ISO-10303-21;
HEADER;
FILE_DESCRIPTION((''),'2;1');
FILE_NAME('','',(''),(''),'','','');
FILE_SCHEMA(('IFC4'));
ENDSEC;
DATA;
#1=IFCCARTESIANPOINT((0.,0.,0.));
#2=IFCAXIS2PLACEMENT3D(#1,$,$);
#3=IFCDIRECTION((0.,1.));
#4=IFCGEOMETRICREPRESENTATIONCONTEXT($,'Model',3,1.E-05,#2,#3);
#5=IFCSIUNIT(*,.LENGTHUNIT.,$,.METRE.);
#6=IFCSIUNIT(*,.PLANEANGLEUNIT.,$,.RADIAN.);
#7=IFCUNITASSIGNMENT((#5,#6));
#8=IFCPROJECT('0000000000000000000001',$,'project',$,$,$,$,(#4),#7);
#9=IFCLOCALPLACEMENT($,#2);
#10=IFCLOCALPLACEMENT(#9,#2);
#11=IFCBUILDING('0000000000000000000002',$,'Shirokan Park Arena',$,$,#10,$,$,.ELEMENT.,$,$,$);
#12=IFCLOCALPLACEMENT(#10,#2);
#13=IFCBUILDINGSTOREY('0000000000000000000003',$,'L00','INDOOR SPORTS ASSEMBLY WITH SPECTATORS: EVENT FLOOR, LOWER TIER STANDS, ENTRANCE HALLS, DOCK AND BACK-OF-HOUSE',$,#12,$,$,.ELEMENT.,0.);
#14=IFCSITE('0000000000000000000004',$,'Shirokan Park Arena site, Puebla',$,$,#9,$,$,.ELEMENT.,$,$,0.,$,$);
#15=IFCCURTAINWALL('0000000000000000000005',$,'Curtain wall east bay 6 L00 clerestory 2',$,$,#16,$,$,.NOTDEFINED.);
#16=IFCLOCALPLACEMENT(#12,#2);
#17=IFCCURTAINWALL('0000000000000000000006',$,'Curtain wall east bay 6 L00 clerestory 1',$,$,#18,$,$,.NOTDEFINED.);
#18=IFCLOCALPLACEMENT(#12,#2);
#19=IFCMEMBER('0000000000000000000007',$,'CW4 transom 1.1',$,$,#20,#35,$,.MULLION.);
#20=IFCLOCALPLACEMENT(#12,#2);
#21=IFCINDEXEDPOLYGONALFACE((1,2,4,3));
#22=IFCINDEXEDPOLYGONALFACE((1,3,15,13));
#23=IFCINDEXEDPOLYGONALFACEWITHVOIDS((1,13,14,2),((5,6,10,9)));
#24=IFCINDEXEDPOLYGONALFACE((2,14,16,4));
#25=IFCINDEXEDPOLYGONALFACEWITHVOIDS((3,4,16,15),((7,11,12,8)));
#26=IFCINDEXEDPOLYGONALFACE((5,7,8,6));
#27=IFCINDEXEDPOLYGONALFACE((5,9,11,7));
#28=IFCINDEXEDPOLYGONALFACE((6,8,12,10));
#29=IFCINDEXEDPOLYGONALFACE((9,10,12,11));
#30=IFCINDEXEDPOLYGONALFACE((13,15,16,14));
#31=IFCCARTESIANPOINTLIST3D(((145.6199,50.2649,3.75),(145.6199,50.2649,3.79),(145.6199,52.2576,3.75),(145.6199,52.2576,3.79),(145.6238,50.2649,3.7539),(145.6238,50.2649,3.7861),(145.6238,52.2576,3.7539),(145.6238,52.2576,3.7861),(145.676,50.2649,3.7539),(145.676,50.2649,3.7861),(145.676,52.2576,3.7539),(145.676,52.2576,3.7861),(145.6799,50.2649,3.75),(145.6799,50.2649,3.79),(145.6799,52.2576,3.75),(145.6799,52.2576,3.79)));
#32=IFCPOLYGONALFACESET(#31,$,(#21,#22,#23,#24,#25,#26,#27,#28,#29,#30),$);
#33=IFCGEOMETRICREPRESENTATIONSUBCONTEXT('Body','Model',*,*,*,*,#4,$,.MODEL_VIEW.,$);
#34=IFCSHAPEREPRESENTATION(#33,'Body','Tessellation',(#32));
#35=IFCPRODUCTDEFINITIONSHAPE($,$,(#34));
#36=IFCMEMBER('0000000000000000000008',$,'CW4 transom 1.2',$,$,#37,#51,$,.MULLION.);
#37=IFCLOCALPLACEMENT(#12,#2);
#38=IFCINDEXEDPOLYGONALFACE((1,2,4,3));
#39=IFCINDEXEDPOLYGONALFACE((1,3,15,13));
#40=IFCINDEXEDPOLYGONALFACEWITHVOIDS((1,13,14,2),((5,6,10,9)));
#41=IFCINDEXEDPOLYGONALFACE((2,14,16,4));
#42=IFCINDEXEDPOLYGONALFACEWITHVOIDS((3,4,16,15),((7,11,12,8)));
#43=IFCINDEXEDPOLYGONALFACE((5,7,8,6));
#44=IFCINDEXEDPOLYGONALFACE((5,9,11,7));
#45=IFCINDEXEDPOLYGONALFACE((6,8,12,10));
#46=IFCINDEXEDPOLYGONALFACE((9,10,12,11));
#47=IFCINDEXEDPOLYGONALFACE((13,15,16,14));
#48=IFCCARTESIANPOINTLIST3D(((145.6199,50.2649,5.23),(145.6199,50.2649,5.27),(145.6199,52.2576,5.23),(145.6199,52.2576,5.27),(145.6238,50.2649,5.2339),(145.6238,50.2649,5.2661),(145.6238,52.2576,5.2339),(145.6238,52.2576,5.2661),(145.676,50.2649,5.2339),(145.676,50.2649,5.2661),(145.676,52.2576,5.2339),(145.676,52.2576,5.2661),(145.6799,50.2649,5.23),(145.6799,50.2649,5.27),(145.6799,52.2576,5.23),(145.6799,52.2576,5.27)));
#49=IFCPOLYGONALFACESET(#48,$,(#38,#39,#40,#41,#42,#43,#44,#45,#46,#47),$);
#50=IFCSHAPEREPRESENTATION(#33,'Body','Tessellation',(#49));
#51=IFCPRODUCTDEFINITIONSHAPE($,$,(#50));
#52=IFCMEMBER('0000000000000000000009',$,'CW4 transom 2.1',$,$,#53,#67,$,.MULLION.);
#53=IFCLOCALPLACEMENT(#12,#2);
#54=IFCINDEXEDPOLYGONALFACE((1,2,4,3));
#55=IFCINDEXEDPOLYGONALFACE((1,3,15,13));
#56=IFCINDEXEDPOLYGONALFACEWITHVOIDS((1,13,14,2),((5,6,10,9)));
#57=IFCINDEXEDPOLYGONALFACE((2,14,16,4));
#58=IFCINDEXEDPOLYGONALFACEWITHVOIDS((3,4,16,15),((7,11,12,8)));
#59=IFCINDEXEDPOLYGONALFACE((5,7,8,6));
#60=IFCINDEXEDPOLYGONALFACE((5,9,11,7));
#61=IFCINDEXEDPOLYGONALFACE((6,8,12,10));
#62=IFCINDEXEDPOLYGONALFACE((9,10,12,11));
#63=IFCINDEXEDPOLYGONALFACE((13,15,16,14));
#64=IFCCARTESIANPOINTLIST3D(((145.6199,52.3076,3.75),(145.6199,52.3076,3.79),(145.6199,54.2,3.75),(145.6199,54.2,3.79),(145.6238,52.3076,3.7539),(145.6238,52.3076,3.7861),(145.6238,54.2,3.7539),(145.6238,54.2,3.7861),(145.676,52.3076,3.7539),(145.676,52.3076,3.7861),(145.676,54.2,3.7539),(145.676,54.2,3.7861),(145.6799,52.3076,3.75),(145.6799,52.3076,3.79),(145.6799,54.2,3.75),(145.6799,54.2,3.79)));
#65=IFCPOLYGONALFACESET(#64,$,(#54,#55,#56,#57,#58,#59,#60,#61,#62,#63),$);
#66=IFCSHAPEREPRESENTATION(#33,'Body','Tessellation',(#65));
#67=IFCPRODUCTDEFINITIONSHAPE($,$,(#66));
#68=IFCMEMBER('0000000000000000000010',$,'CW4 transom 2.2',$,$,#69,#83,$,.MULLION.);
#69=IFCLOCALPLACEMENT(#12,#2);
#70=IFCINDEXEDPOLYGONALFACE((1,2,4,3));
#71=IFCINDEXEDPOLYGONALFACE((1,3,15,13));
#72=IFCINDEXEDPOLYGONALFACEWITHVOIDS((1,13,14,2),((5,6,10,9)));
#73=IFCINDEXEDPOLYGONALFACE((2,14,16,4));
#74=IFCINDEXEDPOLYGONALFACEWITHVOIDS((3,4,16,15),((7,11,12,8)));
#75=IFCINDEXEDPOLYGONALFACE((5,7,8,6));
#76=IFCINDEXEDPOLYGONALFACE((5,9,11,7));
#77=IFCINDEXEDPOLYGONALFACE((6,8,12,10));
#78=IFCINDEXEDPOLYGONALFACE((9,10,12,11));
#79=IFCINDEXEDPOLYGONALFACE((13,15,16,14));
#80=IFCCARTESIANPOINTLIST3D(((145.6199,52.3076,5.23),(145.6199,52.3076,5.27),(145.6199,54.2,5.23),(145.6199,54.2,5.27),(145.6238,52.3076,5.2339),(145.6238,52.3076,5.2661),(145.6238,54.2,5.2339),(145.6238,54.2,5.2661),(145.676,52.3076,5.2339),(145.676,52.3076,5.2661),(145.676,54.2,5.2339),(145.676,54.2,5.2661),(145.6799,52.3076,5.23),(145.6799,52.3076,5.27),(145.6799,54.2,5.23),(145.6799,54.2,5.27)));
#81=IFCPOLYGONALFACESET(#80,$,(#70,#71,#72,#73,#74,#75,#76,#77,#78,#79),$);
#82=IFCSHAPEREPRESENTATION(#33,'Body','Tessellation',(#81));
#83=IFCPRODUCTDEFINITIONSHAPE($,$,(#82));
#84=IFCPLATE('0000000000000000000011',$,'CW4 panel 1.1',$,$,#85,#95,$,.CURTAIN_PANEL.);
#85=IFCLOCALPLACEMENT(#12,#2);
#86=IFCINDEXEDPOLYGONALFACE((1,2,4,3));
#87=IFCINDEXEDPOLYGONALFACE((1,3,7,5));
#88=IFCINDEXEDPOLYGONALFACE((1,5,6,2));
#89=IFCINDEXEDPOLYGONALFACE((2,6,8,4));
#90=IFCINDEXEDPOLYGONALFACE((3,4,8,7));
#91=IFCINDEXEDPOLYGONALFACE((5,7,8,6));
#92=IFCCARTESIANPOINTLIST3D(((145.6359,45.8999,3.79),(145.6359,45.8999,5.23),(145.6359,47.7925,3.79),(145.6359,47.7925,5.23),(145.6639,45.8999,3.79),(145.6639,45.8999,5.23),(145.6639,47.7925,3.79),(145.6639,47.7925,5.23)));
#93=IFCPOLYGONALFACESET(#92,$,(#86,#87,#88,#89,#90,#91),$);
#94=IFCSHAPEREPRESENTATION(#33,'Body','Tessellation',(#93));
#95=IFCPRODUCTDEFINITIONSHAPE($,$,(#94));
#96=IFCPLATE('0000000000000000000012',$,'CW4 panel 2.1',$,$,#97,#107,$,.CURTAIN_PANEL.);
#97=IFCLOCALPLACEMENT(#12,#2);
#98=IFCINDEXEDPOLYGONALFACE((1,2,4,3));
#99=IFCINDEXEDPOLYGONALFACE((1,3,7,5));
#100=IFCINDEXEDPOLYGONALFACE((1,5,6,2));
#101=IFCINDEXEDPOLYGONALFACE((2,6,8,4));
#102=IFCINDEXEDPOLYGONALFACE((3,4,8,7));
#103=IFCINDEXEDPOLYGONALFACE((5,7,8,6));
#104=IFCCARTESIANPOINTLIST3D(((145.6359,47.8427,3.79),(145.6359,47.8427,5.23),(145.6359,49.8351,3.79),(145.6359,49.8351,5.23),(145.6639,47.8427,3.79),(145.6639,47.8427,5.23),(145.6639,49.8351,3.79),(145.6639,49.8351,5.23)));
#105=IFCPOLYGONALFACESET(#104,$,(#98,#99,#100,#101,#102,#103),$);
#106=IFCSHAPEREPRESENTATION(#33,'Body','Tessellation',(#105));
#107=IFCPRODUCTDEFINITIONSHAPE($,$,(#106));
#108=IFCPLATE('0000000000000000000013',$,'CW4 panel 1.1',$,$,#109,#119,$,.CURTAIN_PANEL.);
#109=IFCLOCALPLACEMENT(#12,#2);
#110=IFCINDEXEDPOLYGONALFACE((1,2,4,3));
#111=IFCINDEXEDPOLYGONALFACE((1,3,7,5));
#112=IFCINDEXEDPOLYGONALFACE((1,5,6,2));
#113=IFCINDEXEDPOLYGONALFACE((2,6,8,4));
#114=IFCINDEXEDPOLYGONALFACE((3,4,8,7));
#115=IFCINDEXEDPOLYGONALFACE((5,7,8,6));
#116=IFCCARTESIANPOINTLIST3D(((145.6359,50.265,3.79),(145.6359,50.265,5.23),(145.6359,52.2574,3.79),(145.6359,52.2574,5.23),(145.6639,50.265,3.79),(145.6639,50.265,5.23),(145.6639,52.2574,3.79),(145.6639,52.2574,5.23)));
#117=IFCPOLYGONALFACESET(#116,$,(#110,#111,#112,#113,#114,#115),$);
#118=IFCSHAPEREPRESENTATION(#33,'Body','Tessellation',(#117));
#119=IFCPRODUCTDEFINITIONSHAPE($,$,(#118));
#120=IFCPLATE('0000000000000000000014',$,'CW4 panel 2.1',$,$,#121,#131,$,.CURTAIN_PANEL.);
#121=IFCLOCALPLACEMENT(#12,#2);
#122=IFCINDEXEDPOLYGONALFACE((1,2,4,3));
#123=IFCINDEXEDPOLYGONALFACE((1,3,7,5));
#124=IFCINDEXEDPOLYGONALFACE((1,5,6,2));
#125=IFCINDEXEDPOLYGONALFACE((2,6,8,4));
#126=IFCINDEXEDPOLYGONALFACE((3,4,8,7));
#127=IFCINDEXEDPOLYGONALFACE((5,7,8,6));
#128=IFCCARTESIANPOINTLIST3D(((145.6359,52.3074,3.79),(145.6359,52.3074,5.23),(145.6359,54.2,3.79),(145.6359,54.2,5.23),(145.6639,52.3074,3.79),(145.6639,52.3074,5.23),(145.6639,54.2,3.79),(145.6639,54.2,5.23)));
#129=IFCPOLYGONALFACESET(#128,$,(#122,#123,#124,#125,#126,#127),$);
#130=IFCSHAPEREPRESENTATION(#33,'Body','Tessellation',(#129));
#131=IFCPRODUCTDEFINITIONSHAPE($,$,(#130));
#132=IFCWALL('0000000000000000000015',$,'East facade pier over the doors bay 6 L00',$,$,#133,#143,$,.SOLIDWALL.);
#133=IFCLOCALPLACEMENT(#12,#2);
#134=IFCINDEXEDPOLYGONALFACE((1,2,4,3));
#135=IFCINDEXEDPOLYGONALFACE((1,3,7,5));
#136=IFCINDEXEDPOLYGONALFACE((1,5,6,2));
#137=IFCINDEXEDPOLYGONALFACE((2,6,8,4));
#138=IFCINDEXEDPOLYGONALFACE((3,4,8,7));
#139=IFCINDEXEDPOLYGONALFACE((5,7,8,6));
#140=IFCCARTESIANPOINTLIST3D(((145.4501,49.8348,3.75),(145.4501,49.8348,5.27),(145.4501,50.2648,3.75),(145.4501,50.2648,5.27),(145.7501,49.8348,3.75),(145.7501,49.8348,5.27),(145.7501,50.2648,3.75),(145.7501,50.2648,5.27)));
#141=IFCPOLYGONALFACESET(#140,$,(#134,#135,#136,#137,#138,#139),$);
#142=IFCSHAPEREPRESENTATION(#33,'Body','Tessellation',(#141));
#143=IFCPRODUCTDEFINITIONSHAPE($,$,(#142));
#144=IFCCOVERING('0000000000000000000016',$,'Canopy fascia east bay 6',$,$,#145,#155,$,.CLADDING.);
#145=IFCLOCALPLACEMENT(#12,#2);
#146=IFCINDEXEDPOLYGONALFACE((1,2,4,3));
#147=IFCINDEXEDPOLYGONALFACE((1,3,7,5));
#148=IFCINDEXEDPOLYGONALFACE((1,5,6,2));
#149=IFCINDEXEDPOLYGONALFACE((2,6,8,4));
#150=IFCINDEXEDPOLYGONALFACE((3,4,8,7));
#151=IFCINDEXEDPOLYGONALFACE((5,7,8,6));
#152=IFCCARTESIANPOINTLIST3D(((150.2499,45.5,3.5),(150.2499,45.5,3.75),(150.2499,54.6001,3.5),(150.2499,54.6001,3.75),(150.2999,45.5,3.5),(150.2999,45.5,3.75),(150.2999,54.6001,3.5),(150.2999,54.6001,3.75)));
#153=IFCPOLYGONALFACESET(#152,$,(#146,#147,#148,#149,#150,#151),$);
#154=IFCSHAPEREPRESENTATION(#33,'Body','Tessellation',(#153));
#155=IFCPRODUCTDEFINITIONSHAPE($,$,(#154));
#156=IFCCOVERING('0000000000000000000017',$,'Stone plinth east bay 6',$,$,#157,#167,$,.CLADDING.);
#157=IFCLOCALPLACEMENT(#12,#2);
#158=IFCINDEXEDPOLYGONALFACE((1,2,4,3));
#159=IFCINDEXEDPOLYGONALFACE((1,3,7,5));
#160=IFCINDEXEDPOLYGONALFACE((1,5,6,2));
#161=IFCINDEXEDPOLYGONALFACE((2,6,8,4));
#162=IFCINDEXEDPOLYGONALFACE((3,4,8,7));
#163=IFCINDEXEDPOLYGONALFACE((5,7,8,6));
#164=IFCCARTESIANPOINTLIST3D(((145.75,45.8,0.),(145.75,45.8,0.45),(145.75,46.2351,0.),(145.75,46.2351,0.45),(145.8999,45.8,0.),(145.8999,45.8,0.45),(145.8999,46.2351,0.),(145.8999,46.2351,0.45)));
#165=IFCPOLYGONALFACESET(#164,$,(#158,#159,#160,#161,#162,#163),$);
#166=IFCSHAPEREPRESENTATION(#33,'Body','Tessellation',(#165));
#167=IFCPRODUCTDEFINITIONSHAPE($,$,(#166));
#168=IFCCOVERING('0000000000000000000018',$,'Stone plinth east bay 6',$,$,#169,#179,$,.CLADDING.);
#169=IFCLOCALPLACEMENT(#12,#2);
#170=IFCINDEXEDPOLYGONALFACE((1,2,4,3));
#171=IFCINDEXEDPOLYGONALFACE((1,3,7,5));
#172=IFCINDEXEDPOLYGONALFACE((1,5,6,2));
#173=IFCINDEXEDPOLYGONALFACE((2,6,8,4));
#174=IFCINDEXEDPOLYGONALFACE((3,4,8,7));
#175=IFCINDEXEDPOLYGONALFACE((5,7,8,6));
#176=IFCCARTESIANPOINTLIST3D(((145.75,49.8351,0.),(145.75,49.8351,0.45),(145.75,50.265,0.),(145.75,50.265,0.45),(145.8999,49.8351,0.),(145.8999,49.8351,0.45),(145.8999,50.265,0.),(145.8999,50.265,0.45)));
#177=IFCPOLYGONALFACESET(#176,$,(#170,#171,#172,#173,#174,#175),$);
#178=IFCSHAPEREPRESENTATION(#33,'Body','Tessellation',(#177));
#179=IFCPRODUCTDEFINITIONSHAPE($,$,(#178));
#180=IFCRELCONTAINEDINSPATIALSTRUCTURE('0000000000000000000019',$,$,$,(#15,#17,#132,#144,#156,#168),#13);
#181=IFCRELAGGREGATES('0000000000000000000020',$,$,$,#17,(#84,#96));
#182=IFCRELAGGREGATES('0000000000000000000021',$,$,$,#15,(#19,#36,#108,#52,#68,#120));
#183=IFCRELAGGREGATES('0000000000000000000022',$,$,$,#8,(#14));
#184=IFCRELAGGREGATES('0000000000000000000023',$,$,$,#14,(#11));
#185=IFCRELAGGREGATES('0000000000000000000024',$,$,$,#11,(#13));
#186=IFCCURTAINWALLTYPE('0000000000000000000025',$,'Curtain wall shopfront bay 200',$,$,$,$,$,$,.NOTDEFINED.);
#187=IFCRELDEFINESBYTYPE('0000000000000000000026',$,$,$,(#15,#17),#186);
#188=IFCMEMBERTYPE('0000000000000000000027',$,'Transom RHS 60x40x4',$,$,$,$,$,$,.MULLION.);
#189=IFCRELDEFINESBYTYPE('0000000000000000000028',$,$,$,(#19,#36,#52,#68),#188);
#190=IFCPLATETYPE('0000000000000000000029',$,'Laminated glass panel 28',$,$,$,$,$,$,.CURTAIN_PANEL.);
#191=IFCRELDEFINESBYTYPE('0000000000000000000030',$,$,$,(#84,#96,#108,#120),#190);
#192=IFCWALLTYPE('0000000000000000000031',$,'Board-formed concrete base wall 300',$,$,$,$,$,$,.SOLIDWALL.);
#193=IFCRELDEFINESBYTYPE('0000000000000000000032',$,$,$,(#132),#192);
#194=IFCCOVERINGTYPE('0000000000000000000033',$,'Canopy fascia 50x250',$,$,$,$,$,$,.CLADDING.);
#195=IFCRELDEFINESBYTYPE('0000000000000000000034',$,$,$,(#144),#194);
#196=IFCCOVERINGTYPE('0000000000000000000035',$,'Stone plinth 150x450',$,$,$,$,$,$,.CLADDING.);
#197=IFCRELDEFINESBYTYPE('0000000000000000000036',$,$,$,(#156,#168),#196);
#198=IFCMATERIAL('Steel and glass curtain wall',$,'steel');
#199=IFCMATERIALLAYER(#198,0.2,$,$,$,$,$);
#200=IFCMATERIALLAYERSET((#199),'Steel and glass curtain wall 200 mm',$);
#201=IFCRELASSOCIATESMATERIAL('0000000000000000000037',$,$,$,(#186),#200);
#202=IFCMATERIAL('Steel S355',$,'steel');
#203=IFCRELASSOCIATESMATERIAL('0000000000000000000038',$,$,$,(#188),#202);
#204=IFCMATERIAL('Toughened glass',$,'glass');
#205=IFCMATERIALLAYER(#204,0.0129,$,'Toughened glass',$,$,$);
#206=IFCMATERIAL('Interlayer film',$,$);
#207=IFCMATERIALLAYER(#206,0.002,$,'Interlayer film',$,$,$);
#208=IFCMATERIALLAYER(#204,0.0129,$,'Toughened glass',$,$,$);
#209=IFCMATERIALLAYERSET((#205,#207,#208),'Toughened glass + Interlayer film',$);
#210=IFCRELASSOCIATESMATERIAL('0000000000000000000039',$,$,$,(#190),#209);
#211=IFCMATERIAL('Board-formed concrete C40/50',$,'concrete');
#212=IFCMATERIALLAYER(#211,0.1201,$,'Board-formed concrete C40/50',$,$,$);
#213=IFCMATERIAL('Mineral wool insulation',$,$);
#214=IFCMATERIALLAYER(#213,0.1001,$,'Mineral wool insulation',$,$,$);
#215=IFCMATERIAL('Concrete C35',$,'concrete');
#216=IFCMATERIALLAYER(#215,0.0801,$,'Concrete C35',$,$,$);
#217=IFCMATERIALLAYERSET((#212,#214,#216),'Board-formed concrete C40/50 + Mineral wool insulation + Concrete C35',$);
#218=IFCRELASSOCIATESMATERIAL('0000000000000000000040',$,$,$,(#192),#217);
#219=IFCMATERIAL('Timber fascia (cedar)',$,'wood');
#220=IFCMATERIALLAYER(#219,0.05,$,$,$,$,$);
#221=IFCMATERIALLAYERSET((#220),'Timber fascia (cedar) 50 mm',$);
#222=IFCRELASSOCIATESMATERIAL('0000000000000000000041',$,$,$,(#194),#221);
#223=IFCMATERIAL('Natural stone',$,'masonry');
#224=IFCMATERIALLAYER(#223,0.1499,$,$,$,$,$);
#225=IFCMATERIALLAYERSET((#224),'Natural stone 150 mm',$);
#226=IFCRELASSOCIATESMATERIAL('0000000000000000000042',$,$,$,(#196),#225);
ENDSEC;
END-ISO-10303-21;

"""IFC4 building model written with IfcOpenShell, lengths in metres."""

from ifc_helpers import new_model, si_unit, direction, frame, frame_2d, origin, origin_2d, place, context, subcontext, project, spatial, rectangle, hollow_rectangle, extrude, material, layer, layer_set, material_profile, profile_set, type_object, element, aggregate, save


model = new_model("IFC4")

# Units and contexts
model_context = context("Model", 3, precision=1e-05, world=origin(), true_north=direction((0.0, 1.0)))
body_context = subcontext(model_context, "Body", "Model", "MODEL_VIEW")
ifc_project = project(units=[si_unit("LENGTHUNIT", "METRE"), si_unit("PLANEANGLEUNIT", "RADIAN")], contexts=[model_context])

# Site, building, storey
site_placement = place(None, origin())
site = spatial("IfcSite", under=ifc_project, at=site_placement, Name="Shirokan Park Arena site, Puebla", CompositionType="ELEMENT", RefElevation=0.0)
building_placement = place(site_placement, origin())
building = spatial("IfcBuilding", under=site, at=building_placement, Name="Shirokan Park Arena", CompositionType="ELEMENT")
storey_placement = place(building_placement, origin())
storey = spatial("IfcBuildingStorey", under=building, at=storey_placement, Name="L00", Description="INDOOR SPORTS ASSEMBLY WITH SPECTATORS: EVENT FLOOR, LOWER TIER STANDS, ENTRANCE HALLS, DOCK AND BACK-OF-HOUSE", CompositionType="ELEMENT", Elevation=0.0)

# Curtain walls
ifc_material_1 = material(Name="Steel and glass curtain wall", Category="steel")
ifc_layer_1 = layer(ifc_material_1, 0.2)
ifc_layer_set_1 = layer_set([ifc_layer_1], Name="Steel and glass curtain wall 200 mm")
curtain_wall_type = type_object("IfcCurtainWallType", Name="Curtain wall shopfront bay 200", PredefinedType="NOTDEFINED", material=ifc_layer_set_1)
curtain_wall_1_placement = place(storey_placement, origin())
curtain_wall_1 = element("IfcCurtainWall", 1, at=curtain_wall_1_placement, inside=storey, type_object=curtain_wall_type, Name="Curtain wall east bay 6 L00 clerestory 2", PredefinedType="NOTDEFINED")
ifc_material_2 = material(Name="Steel S355", Category="steel")
curtain_wall_2_placement = place(storey_placement, origin())
curtain_wall_2 = element("IfcCurtainWall", 2, at=curtain_wall_2_placement, inside=storey, type_object=curtain_wall_type, Name="Curtain wall east bay 6 L00 clerestory 1", PredefinedType="NOTDEFINED")

# Members
ifc_material_profile_1 = material_profile(ifc_material_2, hollow_rectangle(XDim=0.0601, YDim=0.04, WallThickness=0.0039, at=origin_2d()), Name="RHS 60x40x4")
ifc_profile_set_1 = profile_set([ifc_material_profile_1], Name="Steel S355")
member_type_1 = type_object("IfcMemberType", Name="Transom RHS 60x40x4", PredefinedType="MULLION", material=ifc_profile_set_1)
member_1_placement = place(storey_placement, frame((145.6499, 50.2649, 3.77), z_axis=(0.0, 1.0, 0.0), x_axis=(-1.0, 0.0, 0.0)))
member_1 = element("IfcMember", 3, at=member_1_placement, type_object=member_type_1, Name="CW4 transom 1.1", PredefinedType="MULLION", context=body_context, shape_type="SweptSolid", body=[
    extrude(hollow_rectangle(XDim=0.0601, YDim=0.04, WallThickness=0.0039, at=origin_2d()), origin(), (0.0, 0.0, 1.0), 1.9927),
])
member_2_placement = place(storey_placement, frame((145.6499, 50.2649, 5.25), z_axis=(0.0, 1.0, 0.0), x_axis=(-1.0, 0.0, 0.0)))
member_2 = element("IfcMember", 4, at=member_2_placement, type_object=member_type_1, Name="CW4 transom 1.2", PredefinedType="MULLION", context=body_context, shape_type="SweptSolid", body=[
    extrude(hollow_rectangle(XDim=0.0601, YDim=0.04, WallThickness=0.0039, at=origin_2d()), origin(), (0.0, 0.0, 1.0), 1.9927),
])
member_3_placement = place(storey_placement, frame((145.6499, 52.3076, 3.77), z_axis=(0.0, 1.0, 0.0), x_axis=(-1.0, 0.0, 0.0)))
member_3 = element("IfcMember", 5, at=member_3_placement, type_object=member_type_1, Name="CW4 transom 2.1", PredefinedType="MULLION", context=body_context, shape_type="SweptSolid", body=[
    extrude(hollow_rectangle(XDim=0.0601, YDim=0.04, WallThickness=0.0039, at=origin_2d()), origin(), (0.0, 0.0, 1.0), 1.8923),
])
member_4_placement = place(storey_placement, frame((145.6499, 52.3076, 5.25), z_axis=(0.0, 1.0, 0.0), x_axis=(-1.0, 0.0, 0.0)))
member_4 = element("IfcMember", 6, at=member_4_placement, type_object=member_type_1, Name="CW4 transom 2.2", PredefinedType="MULLION", context=body_context, shape_type="SweptSolid", body=[
    extrude(hollow_rectangle(XDim=0.0601, YDim=0.04, WallThickness=0.0039, at=origin_2d()), origin(), (0.0, 0.0, 1.0), 1.8923),
])

# Plates
ifc_material_3 = material(Name="Toughened glass", Category="glass")
ifc_layer_2 = layer(ifc_material_3, 0.0129, Name="Toughened glass")
ifc_material_4 = material(Name="Interlayer film")
ifc_layer_3 = layer(ifc_material_4, 0.002, Name="Interlayer film")
ifc_layer_4 = layer(ifc_material_3, 0.0129, Name="Toughened glass")
ifc_layer_set_2 = layer_set([ifc_layer_2, ifc_layer_3, ifc_layer_4], Name="Toughened glass + Interlayer film")
plate_type = type_object("IfcPlateType", Name="Laminated glass panel 28", PredefinedType="CURTAIN_PANEL", material=ifc_layer_set_2)
plate_1_placement = place(storey_placement, frame((145.6499, 46.8462, 3.79), z_axis=(0.0, 0.0, 1.0), x_axis=(0.0, 1.0, 0.0)))
plate_1 = element("IfcPlate", 7, at=plate_1_placement, type_object=plate_type, Name="CW4 panel 1.1", PredefinedType="CURTAIN_PANEL", context=body_context, shape_type="SweptSolid", body=[
    extrude(rectangle(XDim=1.8926, YDim=0.0281, at=origin_2d()), origin(), (0.0, 0.0, 1.0), 1.4399),
])
plate_2_placement = place(storey_placement, frame((145.6499, 48.8389, 3.79), z_axis=(0.0, 0.0, 1.0), x_axis=(0.0, 1.0, 0.0)))
plate_2 = element("IfcPlate", 8, at=plate_2_placement, type_object=plate_type, Name="CW4 panel 2.1", PredefinedType="CURTAIN_PANEL", context=body_context, shape_type="SweptSolid", body=[
    extrude(rectangle(XDim=1.9924, YDim=0.0281, at=origin_2d()), origin(), (0.0, 0.0, 1.0), 1.4399),
])
aggregate(curtain_wall_2, [plate_1, plate_2])
plate_3_placement = place(storey_placement, frame((145.6499, 51.2612, 3.79), z_axis=(0.0, 0.0, 1.0), x_axis=(0.0, 1.0, 0.0)))
plate_3 = element("IfcPlate", 9, at=plate_3_placement, type_object=plate_type, Name="CW4 panel 1.1", PredefinedType="CURTAIN_PANEL", context=body_context, shape_type="SweptSolid", body=[
    extrude(rectangle(XDim=1.9924, YDim=0.0281, at=origin_2d()), origin(), (0.0, 0.0, 1.0), 1.4399),
])
plate_4_placement = place(storey_placement, frame((145.6499, 53.2537, 3.79), z_axis=(0.0, 0.0, 1.0), x_axis=(0.0, 1.0, 0.0)))
plate_4 = element("IfcPlate", 10, at=plate_4_placement, type_object=plate_type, Name="CW4 panel 2.1", PredefinedType="CURTAIN_PANEL", context=body_context, shape_type="SweptSolid", body=[
    extrude(rectangle(XDim=1.8926, YDim=0.0281, at=origin_2d()), origin(), (0.0, 0.0, 1.0), 1.4399),
])
aggregate(curtain_wall_1, [member_1, member_2, plate_3, member_3, member_4, plate_4])

# Wall
ifc_material_5 = material(Name="Board-formed concrete C40/50", Category="concrete")
ifc_layer_5 = layer(ifc_material_5, 0.1201, Name="Board-formed concrete C40/50")
ifc_material_6 = material(Name="Mineral wool insulation")
ifc_layer_6 = layer(ifc_material_6, 0.1001, Name="Mineral wool insulation")
ifc_material_7 = material(Name="Concrete C35", Category="concrete")
ifc_layer_7 = layer(ifc_material_7, 0.0801, Name="Concrete C35")
ifc_layer_set_3 = layer_set([ifc_layer_5, ifc_layer_6, ifc_layer_7], Name="Board-formed concrete C40/50 + Mineral wool insulation + Concrete C35")
wall_type = type_object("IfcWallType", Name="Board-formed concrete base wall 300", PredefinedType="SOLIDWALL", material=ifc_layer_set_3)
wall_placement = place(storey_placement, frame((145.6001, 49.835, 3.75), z_axis=(0.0, 0.0, 1.0), x_axis=(0.0, 1.0, 0.0)))
element("IfcWall", 11, at=wall_placement, inside=storey, type_object=wall_type, Name="East facade pier over the doors bay 6 L00", PredefinedType="SOLIDWALL", context=body_context, shape_type="SweptSolid", body=[
    extrude(rectangle(XDim=0.4299, YDim=0.3, at=frame_2d((0.2148, 0.0))), origin(), (0.0, 0.0, 1.0), 1.52),
])

# Coverings
ifc_material_8 = material(Name="Timber fascia (cedar)", Category="wood")
ifc_layer_8 = layer(ifc_material_8, 0.05)
ifc_layer_set_4 = layer_set([ifc_layer_8], Name="Timber fascia (cedar) 50 mm")
covering_type_1 = type_object("IfcCoveringType", Name="Canopy fascia 50x250", PredefinedType="CLADDING", material=ifc_layer_set_4)
covering_1_placement = place(storey_placement, frame((150.2749, 50.05, 3.5), z_axis=(0.0, 0.0, 1.0), x_axis=(0.0, 1.0, 0.0)))
element("IfcCovering", 12, at=covering_1_placement, inside=storey, type_object=covering_type_1, Name="Canopy fascia east bay 6", PredefinedType="CLADDING", context=body_context, shape_type="SweptSolid", body=[
    extrude(rectangle(XDim=9.1001, YDim=0.05, at=origin_2d()), origin(), (0.0, 0.0, 1.0), 0.25),
])
ifc_material_9 = material(Name="Natural stone", Category="masonry")
ifc_layer_9 = layer(ifc_material_9, 0.1499)
ifc_layer_set_5 = layer_set([ifc_layer_9], Name="Natural stone 150 mm")
covering_type_2 = type_object("IfcCoveringType", Name="Stone plinth 150x450", PredefinedType="CLADDING", material=ifc_layer_set_5)
covering_2_placement = place(storey_placement, frame((145.825, 46.0176, 0.0), z_axis=(0.0, 0.0, 1.0), x_axis=(0.0, 1.0, 0.0)))
element("IfcCovering", 13, at=covering_2_placement, inside=storey, type_object=covering_type_2, Name="Stone plinth east bay 6", PredefinedType="CLADDING", context=body_context, shape_type="SweptSolid", body=[
    extrude(rectangle(XDim=0.4351, YDim=0.1499, at=origin_2d()), origin(), (0.0, 0.0, 1.0), 0.45),
])
covering_3_placement = place(storey_placement, frame((145.825, 50.05, 0.0), z_axis=(0.0, 0.0, 1.0), x_axis=(0.0, 1.0, 0.0)))
element("IfcCovering", 14, at=covering_3_placement, inside=storey, type_object=covering_type_2, Name="Stone plinth east bay 6", PredefinedType="CLADDING", context=body_context, shape_type="SweptSolid", body=[
    extrude(rectangle(XDim=0.4299, YDim=0.1499, at=origin_2d()), origin(), (0.0, 0.0, 1.0), 0.45),
])

save(model, "model.ifc")
